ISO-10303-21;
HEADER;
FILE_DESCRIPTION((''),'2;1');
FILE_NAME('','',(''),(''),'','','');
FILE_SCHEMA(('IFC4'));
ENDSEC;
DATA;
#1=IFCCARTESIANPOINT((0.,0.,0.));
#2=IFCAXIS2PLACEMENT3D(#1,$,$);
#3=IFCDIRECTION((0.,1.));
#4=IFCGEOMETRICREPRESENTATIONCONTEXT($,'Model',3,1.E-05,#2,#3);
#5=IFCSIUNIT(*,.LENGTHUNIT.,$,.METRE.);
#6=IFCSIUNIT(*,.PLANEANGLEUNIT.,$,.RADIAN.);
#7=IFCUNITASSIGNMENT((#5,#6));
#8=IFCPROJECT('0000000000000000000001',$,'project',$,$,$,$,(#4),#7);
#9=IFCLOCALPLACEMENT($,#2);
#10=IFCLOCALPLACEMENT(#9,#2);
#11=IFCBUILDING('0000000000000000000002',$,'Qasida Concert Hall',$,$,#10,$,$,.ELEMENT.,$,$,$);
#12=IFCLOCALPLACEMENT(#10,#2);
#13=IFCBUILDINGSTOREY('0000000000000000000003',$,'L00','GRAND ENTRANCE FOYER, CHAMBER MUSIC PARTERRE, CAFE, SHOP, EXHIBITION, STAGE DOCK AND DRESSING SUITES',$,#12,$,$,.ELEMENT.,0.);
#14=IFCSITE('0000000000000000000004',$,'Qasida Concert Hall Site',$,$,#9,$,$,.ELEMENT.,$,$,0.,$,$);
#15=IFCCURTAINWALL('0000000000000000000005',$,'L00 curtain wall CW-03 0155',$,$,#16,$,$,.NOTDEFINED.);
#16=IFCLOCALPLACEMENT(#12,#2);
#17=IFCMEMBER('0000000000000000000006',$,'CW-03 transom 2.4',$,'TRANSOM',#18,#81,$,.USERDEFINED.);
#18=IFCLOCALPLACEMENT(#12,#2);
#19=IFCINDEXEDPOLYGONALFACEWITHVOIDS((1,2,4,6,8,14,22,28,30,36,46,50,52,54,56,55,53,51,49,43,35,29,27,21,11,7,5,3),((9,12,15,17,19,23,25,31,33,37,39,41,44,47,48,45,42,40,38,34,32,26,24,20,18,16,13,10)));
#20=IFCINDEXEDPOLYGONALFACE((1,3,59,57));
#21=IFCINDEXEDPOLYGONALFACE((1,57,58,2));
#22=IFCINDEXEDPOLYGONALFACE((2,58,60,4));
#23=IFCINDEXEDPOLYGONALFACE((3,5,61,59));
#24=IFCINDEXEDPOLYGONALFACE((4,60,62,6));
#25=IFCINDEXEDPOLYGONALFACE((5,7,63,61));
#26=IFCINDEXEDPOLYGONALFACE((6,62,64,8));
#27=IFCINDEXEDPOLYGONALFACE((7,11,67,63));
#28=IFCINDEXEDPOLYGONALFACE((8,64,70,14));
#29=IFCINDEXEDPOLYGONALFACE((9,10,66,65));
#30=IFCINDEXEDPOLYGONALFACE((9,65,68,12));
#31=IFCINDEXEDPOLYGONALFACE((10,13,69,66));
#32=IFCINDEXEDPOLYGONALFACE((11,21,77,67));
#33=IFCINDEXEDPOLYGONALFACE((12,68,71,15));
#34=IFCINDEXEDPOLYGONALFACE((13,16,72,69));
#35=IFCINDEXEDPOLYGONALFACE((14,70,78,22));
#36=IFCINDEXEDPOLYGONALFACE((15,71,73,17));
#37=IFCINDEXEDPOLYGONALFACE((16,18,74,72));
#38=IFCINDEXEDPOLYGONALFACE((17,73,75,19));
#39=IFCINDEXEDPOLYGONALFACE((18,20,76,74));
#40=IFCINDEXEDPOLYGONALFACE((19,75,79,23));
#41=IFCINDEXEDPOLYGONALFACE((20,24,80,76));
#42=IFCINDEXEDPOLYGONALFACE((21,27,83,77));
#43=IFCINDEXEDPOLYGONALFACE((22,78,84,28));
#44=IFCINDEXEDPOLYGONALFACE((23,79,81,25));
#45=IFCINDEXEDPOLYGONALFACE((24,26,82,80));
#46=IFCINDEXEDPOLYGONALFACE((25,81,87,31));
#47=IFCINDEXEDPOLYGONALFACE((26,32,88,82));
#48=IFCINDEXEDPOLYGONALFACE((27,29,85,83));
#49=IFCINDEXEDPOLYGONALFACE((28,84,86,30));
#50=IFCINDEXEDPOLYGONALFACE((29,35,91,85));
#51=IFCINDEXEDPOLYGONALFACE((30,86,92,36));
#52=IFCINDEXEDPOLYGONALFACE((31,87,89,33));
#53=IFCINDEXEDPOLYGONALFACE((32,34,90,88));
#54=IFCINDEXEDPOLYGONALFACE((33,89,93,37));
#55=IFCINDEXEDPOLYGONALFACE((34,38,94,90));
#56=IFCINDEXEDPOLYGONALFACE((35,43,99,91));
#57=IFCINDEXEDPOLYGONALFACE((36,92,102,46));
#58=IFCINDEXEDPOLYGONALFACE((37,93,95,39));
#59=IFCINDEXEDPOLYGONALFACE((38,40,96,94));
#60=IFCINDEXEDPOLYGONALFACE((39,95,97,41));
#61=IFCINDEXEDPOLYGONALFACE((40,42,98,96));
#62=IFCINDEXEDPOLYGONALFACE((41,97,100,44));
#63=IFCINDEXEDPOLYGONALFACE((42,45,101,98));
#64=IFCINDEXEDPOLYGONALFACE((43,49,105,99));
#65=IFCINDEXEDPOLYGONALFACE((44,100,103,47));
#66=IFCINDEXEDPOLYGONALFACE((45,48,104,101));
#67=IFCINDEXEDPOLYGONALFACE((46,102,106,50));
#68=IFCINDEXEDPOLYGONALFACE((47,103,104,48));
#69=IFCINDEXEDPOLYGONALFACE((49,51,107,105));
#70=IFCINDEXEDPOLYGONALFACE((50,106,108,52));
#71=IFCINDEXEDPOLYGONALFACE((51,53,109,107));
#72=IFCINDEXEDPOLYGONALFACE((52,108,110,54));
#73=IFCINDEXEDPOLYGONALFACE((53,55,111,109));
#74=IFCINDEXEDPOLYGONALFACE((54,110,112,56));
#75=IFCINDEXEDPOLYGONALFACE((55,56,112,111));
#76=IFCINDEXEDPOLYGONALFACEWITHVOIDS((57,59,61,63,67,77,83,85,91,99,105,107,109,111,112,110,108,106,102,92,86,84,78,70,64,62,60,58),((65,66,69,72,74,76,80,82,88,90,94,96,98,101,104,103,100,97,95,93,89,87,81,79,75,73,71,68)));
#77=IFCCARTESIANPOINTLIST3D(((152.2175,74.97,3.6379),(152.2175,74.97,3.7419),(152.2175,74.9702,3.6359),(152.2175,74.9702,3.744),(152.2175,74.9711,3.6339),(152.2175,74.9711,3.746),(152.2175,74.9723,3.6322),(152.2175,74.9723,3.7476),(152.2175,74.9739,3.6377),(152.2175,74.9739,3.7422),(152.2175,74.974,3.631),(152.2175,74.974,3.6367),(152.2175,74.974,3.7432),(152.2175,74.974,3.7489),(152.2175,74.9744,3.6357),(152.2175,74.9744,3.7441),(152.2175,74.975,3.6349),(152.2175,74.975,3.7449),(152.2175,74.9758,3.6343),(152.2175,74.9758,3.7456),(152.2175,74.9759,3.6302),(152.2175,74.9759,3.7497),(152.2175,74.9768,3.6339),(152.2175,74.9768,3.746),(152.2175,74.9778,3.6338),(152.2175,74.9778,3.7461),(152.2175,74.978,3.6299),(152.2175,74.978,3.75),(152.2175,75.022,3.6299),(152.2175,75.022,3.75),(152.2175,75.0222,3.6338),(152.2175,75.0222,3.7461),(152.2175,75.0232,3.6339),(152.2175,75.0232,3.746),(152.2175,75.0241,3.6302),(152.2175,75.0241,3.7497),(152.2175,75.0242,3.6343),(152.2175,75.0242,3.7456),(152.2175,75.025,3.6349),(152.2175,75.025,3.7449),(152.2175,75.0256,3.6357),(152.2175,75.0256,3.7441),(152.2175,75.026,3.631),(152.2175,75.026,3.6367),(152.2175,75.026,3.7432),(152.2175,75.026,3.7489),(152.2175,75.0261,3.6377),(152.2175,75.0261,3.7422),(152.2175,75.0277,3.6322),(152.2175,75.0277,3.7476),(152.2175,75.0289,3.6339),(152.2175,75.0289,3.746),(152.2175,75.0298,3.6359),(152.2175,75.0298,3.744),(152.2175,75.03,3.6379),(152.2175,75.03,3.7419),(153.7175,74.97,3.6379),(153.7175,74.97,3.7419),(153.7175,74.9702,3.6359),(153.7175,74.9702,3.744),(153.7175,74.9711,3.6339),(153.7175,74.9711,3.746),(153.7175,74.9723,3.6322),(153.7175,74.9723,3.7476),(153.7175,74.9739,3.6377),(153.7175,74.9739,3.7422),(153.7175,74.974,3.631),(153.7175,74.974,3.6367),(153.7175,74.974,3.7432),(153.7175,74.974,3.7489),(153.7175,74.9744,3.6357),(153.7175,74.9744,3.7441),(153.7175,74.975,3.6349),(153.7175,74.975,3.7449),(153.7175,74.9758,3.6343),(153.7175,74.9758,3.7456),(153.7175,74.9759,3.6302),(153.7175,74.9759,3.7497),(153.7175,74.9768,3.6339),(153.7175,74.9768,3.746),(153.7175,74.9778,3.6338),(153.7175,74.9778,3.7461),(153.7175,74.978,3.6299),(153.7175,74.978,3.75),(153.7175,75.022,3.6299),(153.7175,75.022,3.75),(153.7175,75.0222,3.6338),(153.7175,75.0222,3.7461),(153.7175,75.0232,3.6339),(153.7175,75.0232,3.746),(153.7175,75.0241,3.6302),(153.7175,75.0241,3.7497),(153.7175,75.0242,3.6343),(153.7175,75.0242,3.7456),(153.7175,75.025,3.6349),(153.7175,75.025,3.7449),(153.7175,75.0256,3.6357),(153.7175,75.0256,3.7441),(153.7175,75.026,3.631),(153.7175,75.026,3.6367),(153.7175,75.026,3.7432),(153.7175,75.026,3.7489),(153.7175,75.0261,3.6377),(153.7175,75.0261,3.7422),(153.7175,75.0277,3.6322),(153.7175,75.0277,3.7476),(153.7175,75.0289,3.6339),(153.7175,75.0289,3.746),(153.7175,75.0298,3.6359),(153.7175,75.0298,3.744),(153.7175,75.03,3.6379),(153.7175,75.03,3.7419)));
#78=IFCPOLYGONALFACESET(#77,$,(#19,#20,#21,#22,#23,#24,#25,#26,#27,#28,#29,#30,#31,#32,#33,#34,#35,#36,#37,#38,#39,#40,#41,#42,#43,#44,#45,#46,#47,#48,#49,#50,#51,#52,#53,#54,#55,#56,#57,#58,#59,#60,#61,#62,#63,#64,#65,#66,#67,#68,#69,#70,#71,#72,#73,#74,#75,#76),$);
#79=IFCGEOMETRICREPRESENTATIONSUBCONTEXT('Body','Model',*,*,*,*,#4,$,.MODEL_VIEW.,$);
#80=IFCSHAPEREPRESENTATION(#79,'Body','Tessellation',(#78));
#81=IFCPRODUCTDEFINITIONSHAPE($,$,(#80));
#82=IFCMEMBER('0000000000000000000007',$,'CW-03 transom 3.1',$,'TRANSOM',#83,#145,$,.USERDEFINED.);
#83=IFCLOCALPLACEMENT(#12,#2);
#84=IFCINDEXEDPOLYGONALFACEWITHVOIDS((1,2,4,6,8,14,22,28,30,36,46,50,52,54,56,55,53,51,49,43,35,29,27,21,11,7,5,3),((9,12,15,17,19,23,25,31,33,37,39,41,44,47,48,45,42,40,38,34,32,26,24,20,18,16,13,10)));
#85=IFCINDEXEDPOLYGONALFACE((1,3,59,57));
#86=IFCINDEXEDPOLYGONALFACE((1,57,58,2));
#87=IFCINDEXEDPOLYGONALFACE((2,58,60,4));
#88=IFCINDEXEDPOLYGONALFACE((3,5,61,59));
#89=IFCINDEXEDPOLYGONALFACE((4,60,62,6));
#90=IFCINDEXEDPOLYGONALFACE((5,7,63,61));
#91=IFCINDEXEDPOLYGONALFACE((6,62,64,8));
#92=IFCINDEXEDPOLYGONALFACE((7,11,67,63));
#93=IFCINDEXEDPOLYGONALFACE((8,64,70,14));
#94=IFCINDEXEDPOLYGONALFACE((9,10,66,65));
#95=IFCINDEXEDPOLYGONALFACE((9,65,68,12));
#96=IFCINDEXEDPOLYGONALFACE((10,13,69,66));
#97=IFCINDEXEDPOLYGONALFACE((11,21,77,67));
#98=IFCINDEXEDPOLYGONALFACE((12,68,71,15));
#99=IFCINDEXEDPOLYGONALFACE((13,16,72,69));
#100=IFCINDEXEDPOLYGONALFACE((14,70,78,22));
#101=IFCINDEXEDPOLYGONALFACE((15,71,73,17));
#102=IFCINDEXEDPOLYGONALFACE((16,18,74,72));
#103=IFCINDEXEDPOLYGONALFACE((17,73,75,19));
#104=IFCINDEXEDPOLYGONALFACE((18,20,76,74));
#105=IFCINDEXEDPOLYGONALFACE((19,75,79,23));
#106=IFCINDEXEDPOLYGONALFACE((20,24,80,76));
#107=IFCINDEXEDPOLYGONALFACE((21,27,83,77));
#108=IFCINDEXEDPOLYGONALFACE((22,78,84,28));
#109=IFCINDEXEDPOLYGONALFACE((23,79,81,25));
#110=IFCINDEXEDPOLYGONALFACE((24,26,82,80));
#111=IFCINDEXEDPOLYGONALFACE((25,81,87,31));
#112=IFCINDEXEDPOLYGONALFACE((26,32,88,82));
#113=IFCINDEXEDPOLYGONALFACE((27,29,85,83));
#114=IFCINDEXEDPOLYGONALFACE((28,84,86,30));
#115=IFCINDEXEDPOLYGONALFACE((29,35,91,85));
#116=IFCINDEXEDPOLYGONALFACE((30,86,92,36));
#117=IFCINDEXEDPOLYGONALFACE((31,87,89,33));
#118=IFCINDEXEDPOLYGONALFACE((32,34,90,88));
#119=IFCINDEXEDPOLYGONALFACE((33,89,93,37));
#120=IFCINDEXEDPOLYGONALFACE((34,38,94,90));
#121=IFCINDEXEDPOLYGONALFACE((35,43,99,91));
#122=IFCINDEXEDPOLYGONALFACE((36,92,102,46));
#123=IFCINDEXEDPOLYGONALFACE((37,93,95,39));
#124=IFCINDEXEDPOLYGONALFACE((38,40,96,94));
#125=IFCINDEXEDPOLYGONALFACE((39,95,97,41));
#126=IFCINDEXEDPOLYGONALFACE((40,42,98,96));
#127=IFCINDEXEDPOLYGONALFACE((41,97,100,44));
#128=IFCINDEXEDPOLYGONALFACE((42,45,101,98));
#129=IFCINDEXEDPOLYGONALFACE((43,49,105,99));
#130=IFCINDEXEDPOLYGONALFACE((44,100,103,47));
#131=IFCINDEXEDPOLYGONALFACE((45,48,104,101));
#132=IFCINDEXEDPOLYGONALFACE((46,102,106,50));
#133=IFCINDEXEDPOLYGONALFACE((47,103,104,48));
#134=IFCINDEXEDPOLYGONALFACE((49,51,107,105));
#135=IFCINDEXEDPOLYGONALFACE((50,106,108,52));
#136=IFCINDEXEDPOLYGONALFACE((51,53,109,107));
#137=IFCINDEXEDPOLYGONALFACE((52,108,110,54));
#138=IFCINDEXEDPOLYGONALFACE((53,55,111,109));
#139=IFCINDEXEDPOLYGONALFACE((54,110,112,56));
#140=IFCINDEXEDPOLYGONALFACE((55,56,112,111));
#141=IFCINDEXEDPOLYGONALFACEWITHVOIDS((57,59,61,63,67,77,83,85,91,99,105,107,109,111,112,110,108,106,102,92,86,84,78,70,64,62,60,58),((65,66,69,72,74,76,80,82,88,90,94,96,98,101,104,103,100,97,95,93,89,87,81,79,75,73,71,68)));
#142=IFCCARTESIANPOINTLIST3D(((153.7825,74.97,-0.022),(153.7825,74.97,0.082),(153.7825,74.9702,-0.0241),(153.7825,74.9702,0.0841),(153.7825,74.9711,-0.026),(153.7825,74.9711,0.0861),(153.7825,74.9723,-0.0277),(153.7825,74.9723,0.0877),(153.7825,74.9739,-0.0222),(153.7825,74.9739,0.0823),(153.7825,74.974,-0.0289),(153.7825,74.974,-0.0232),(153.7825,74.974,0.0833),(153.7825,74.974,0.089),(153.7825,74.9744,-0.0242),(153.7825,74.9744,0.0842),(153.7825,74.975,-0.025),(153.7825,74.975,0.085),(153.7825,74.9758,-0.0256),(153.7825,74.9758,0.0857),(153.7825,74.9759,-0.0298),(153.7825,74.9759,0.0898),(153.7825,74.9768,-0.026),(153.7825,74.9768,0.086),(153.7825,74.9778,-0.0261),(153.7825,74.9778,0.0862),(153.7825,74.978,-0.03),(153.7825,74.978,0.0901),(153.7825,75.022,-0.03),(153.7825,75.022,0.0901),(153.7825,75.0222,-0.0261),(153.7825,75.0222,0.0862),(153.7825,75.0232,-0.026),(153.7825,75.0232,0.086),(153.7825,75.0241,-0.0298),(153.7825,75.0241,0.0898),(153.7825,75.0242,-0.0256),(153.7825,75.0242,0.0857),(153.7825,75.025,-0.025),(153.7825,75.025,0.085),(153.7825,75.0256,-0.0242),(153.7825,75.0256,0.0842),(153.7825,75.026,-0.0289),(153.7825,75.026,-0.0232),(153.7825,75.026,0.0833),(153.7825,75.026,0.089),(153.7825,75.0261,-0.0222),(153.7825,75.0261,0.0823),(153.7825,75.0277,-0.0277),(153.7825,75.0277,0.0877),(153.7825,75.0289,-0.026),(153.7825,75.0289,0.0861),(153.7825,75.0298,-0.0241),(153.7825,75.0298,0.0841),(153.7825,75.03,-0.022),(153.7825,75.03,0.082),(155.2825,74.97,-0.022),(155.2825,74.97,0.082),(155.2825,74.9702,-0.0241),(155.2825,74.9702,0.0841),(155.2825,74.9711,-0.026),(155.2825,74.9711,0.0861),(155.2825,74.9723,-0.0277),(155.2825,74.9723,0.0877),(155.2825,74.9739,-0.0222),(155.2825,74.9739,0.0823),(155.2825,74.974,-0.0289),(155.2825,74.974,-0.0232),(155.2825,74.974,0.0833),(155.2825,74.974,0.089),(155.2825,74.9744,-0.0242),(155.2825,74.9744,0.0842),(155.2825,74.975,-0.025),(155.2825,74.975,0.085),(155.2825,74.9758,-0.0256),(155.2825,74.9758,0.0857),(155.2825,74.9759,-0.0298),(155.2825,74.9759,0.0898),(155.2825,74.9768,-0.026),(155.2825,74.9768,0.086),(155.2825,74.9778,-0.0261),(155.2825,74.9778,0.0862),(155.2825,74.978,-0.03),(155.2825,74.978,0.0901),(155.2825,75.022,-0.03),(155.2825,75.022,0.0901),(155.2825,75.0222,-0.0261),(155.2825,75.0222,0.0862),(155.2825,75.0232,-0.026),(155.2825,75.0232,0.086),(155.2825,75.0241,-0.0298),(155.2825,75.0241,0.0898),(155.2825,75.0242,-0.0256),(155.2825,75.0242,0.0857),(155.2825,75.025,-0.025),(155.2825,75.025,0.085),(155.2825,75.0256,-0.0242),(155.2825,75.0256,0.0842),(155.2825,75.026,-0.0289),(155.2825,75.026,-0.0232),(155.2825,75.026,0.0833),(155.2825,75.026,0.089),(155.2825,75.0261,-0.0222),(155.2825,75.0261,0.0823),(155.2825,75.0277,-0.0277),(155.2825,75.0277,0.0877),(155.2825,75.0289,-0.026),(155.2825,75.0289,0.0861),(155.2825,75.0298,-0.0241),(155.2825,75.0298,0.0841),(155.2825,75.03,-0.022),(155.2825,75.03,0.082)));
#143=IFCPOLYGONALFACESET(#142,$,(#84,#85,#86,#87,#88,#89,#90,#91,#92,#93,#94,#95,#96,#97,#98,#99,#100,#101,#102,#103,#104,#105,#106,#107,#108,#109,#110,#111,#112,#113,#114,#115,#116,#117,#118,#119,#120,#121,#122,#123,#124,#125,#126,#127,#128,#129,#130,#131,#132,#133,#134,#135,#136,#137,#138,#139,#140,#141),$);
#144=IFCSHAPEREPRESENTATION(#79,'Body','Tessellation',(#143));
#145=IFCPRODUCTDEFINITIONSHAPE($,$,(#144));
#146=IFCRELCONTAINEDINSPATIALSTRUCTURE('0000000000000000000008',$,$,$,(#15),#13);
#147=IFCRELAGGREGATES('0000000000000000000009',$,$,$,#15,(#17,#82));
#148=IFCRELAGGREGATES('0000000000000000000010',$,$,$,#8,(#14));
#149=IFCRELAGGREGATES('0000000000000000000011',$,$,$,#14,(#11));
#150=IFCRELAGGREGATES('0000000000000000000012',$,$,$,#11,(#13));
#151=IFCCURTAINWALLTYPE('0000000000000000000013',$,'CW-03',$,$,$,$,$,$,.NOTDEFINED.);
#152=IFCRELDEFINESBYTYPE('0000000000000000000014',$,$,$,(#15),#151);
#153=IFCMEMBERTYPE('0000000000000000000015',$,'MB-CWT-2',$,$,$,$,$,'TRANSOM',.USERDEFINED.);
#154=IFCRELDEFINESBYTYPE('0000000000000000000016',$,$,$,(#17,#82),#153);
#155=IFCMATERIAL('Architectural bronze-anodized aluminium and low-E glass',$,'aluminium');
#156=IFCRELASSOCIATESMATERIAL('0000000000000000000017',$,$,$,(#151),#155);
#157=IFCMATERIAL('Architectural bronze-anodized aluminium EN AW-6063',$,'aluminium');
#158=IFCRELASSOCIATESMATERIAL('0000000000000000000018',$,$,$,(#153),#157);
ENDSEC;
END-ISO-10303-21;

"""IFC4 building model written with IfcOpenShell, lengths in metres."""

from ifc_helpers import new_model, si_unit, direction, frame, origin, origin_2d, place, context, subcontext, project, spatial, hollow_rectangle, extrude, material, material_profile, profile_set, type_object, element, aggregate, save


model = new_model("IFC4")

# Units and contexts
model_context = context("Model", 3, precision=1e-05, world=origin(), true_north=direction((0.0, 1.0)))
body_context = subcontext(model_context, "Body", "Model", "MODEL_VIEW")
ifc_project = project(units=[si_unit("LENGTHUNIT", "METRE"), si_unit("PLANEANGLEUNIT", "RADIAN")], contexts=[model_context])

# Site, building, storey
site_placement = place(None, origin())
site = spatial("IfcSite", under=ifc_project, at=site_placement, Name="Qasida Concert Hall Site", CompositionType="ELEMENT", RefElevation=0.0)
building_placement = place(site_placement, origin())
building = spatial("IfcBuilding", under=site, at=building_placement, Name="Qasida Concert Hall", CompositionType="ELEMENT")
storey_placement = place(building_placement, origin())
storey = spatial("IfcBuildingStorey", under=building, at=storey_placement, Name="L00", Description="GRAND ENTRANCE FOYER, CHAMBER MUSIC PARTERRE, CAFE, SHOP, EXHIBITION, STAGE DOCK AND DRESSING SUITES", CompositionType="ELEMENT", Elevation=0.0)

# Curtain wall, members
ifc_material_1 = material(Name="Architectural bronze-anodized aluminium and low-E glass", Category="aluminium")
curtain_wall_type = type_object("IfcCurtainWallType", Name="CW-03", PredefinedType="NOTDEFINED", material=ifc_material_1)
curtain_wall_placement = place(storey_placement, origin())
curtain_wall = element("IfcCurtainWall", 1, at=curtain_wall_placement, inside=storey, type_object=curtain_wall_type, Name="L00 curtain wall CW-03 0155", PredefinedType="NOTDEFINED")
ifc_material_2 = material(Name="Architectural bronze-anodized aluminium EN AW-6063", Category="aluminium")
ifc_material_profile_1 = material_profile(ifc_material_2, hollow_rectangle(XDim=0.0601, YDim=0.1201, WallThickness=0.0039, InnerFilletRadius=0.0039, OuterFilletRadius=0.0081, at=origin_2d()), Name="CWT 120x60x4")
ifc_profile_set_1 = profile_set([ifc_material_profile_1], Name="Architectural bronze-anodized aluminium EN AW-6063")
member_type_1 = type_object("IfcMemberType", Name="MB-CWT-2", ElementType="TRANSOM", PredefinedType="USERDEFINED", material=ifc_profile_set_1)
member_1_placement = place(storey_placement, frame((152.2175, 75.0, 3.6899), z_axis=(1.0, 0.0, 0.0), x_axis=(0.0, 1.0, 0.0)))
member_1 = element("IfcMember", 2, at=member_1_placement, type_object=member_type_1, Name="CW-03 transom 2.4", ObjectType="TRANSOM", PredefinedType="USERDEFINED", context=body_context, shape_type="SweptSolid", body=[
    extrude(hollow_rectangle(XDim=0.0601, YDim=0.1201, WallThickness=0.0039, InnerFilletRadius=0.0039, OuterFilletRadius=0.0081, at=origin_2d()), origin(), (0.0, 0.0, 1.0), 1.5),
])
member_2_placement = place(storey_placement, frame((153.7825, 75.0, 0.03), z_axis=(1.0, 0.0, 0.0), x_axis=(0.0, 1.0, 0.0)))
member_2 = element("IfcMember", 3, at=member_2_placement, type_object=member_type_1, Name="CW-03 transom 3.1", ObjectType="TRANSOM", PredefinedType="USERDEFINED", context=body_context, shape_type="SweptSolid", body=[
    extrude(hollow_rectangle(XDim=0.0601, YDim=0.1201, WallThickness=0.0039, InnerFilletRadius=0.0039, OuterFilletRadius=0.0081, at=origin_2d()), origin(), (0.0, 0.0, 1.0), 1.5),
])
aggregate(curtain_wall, [member_1, member_2])

save(model, "model.ifc")
